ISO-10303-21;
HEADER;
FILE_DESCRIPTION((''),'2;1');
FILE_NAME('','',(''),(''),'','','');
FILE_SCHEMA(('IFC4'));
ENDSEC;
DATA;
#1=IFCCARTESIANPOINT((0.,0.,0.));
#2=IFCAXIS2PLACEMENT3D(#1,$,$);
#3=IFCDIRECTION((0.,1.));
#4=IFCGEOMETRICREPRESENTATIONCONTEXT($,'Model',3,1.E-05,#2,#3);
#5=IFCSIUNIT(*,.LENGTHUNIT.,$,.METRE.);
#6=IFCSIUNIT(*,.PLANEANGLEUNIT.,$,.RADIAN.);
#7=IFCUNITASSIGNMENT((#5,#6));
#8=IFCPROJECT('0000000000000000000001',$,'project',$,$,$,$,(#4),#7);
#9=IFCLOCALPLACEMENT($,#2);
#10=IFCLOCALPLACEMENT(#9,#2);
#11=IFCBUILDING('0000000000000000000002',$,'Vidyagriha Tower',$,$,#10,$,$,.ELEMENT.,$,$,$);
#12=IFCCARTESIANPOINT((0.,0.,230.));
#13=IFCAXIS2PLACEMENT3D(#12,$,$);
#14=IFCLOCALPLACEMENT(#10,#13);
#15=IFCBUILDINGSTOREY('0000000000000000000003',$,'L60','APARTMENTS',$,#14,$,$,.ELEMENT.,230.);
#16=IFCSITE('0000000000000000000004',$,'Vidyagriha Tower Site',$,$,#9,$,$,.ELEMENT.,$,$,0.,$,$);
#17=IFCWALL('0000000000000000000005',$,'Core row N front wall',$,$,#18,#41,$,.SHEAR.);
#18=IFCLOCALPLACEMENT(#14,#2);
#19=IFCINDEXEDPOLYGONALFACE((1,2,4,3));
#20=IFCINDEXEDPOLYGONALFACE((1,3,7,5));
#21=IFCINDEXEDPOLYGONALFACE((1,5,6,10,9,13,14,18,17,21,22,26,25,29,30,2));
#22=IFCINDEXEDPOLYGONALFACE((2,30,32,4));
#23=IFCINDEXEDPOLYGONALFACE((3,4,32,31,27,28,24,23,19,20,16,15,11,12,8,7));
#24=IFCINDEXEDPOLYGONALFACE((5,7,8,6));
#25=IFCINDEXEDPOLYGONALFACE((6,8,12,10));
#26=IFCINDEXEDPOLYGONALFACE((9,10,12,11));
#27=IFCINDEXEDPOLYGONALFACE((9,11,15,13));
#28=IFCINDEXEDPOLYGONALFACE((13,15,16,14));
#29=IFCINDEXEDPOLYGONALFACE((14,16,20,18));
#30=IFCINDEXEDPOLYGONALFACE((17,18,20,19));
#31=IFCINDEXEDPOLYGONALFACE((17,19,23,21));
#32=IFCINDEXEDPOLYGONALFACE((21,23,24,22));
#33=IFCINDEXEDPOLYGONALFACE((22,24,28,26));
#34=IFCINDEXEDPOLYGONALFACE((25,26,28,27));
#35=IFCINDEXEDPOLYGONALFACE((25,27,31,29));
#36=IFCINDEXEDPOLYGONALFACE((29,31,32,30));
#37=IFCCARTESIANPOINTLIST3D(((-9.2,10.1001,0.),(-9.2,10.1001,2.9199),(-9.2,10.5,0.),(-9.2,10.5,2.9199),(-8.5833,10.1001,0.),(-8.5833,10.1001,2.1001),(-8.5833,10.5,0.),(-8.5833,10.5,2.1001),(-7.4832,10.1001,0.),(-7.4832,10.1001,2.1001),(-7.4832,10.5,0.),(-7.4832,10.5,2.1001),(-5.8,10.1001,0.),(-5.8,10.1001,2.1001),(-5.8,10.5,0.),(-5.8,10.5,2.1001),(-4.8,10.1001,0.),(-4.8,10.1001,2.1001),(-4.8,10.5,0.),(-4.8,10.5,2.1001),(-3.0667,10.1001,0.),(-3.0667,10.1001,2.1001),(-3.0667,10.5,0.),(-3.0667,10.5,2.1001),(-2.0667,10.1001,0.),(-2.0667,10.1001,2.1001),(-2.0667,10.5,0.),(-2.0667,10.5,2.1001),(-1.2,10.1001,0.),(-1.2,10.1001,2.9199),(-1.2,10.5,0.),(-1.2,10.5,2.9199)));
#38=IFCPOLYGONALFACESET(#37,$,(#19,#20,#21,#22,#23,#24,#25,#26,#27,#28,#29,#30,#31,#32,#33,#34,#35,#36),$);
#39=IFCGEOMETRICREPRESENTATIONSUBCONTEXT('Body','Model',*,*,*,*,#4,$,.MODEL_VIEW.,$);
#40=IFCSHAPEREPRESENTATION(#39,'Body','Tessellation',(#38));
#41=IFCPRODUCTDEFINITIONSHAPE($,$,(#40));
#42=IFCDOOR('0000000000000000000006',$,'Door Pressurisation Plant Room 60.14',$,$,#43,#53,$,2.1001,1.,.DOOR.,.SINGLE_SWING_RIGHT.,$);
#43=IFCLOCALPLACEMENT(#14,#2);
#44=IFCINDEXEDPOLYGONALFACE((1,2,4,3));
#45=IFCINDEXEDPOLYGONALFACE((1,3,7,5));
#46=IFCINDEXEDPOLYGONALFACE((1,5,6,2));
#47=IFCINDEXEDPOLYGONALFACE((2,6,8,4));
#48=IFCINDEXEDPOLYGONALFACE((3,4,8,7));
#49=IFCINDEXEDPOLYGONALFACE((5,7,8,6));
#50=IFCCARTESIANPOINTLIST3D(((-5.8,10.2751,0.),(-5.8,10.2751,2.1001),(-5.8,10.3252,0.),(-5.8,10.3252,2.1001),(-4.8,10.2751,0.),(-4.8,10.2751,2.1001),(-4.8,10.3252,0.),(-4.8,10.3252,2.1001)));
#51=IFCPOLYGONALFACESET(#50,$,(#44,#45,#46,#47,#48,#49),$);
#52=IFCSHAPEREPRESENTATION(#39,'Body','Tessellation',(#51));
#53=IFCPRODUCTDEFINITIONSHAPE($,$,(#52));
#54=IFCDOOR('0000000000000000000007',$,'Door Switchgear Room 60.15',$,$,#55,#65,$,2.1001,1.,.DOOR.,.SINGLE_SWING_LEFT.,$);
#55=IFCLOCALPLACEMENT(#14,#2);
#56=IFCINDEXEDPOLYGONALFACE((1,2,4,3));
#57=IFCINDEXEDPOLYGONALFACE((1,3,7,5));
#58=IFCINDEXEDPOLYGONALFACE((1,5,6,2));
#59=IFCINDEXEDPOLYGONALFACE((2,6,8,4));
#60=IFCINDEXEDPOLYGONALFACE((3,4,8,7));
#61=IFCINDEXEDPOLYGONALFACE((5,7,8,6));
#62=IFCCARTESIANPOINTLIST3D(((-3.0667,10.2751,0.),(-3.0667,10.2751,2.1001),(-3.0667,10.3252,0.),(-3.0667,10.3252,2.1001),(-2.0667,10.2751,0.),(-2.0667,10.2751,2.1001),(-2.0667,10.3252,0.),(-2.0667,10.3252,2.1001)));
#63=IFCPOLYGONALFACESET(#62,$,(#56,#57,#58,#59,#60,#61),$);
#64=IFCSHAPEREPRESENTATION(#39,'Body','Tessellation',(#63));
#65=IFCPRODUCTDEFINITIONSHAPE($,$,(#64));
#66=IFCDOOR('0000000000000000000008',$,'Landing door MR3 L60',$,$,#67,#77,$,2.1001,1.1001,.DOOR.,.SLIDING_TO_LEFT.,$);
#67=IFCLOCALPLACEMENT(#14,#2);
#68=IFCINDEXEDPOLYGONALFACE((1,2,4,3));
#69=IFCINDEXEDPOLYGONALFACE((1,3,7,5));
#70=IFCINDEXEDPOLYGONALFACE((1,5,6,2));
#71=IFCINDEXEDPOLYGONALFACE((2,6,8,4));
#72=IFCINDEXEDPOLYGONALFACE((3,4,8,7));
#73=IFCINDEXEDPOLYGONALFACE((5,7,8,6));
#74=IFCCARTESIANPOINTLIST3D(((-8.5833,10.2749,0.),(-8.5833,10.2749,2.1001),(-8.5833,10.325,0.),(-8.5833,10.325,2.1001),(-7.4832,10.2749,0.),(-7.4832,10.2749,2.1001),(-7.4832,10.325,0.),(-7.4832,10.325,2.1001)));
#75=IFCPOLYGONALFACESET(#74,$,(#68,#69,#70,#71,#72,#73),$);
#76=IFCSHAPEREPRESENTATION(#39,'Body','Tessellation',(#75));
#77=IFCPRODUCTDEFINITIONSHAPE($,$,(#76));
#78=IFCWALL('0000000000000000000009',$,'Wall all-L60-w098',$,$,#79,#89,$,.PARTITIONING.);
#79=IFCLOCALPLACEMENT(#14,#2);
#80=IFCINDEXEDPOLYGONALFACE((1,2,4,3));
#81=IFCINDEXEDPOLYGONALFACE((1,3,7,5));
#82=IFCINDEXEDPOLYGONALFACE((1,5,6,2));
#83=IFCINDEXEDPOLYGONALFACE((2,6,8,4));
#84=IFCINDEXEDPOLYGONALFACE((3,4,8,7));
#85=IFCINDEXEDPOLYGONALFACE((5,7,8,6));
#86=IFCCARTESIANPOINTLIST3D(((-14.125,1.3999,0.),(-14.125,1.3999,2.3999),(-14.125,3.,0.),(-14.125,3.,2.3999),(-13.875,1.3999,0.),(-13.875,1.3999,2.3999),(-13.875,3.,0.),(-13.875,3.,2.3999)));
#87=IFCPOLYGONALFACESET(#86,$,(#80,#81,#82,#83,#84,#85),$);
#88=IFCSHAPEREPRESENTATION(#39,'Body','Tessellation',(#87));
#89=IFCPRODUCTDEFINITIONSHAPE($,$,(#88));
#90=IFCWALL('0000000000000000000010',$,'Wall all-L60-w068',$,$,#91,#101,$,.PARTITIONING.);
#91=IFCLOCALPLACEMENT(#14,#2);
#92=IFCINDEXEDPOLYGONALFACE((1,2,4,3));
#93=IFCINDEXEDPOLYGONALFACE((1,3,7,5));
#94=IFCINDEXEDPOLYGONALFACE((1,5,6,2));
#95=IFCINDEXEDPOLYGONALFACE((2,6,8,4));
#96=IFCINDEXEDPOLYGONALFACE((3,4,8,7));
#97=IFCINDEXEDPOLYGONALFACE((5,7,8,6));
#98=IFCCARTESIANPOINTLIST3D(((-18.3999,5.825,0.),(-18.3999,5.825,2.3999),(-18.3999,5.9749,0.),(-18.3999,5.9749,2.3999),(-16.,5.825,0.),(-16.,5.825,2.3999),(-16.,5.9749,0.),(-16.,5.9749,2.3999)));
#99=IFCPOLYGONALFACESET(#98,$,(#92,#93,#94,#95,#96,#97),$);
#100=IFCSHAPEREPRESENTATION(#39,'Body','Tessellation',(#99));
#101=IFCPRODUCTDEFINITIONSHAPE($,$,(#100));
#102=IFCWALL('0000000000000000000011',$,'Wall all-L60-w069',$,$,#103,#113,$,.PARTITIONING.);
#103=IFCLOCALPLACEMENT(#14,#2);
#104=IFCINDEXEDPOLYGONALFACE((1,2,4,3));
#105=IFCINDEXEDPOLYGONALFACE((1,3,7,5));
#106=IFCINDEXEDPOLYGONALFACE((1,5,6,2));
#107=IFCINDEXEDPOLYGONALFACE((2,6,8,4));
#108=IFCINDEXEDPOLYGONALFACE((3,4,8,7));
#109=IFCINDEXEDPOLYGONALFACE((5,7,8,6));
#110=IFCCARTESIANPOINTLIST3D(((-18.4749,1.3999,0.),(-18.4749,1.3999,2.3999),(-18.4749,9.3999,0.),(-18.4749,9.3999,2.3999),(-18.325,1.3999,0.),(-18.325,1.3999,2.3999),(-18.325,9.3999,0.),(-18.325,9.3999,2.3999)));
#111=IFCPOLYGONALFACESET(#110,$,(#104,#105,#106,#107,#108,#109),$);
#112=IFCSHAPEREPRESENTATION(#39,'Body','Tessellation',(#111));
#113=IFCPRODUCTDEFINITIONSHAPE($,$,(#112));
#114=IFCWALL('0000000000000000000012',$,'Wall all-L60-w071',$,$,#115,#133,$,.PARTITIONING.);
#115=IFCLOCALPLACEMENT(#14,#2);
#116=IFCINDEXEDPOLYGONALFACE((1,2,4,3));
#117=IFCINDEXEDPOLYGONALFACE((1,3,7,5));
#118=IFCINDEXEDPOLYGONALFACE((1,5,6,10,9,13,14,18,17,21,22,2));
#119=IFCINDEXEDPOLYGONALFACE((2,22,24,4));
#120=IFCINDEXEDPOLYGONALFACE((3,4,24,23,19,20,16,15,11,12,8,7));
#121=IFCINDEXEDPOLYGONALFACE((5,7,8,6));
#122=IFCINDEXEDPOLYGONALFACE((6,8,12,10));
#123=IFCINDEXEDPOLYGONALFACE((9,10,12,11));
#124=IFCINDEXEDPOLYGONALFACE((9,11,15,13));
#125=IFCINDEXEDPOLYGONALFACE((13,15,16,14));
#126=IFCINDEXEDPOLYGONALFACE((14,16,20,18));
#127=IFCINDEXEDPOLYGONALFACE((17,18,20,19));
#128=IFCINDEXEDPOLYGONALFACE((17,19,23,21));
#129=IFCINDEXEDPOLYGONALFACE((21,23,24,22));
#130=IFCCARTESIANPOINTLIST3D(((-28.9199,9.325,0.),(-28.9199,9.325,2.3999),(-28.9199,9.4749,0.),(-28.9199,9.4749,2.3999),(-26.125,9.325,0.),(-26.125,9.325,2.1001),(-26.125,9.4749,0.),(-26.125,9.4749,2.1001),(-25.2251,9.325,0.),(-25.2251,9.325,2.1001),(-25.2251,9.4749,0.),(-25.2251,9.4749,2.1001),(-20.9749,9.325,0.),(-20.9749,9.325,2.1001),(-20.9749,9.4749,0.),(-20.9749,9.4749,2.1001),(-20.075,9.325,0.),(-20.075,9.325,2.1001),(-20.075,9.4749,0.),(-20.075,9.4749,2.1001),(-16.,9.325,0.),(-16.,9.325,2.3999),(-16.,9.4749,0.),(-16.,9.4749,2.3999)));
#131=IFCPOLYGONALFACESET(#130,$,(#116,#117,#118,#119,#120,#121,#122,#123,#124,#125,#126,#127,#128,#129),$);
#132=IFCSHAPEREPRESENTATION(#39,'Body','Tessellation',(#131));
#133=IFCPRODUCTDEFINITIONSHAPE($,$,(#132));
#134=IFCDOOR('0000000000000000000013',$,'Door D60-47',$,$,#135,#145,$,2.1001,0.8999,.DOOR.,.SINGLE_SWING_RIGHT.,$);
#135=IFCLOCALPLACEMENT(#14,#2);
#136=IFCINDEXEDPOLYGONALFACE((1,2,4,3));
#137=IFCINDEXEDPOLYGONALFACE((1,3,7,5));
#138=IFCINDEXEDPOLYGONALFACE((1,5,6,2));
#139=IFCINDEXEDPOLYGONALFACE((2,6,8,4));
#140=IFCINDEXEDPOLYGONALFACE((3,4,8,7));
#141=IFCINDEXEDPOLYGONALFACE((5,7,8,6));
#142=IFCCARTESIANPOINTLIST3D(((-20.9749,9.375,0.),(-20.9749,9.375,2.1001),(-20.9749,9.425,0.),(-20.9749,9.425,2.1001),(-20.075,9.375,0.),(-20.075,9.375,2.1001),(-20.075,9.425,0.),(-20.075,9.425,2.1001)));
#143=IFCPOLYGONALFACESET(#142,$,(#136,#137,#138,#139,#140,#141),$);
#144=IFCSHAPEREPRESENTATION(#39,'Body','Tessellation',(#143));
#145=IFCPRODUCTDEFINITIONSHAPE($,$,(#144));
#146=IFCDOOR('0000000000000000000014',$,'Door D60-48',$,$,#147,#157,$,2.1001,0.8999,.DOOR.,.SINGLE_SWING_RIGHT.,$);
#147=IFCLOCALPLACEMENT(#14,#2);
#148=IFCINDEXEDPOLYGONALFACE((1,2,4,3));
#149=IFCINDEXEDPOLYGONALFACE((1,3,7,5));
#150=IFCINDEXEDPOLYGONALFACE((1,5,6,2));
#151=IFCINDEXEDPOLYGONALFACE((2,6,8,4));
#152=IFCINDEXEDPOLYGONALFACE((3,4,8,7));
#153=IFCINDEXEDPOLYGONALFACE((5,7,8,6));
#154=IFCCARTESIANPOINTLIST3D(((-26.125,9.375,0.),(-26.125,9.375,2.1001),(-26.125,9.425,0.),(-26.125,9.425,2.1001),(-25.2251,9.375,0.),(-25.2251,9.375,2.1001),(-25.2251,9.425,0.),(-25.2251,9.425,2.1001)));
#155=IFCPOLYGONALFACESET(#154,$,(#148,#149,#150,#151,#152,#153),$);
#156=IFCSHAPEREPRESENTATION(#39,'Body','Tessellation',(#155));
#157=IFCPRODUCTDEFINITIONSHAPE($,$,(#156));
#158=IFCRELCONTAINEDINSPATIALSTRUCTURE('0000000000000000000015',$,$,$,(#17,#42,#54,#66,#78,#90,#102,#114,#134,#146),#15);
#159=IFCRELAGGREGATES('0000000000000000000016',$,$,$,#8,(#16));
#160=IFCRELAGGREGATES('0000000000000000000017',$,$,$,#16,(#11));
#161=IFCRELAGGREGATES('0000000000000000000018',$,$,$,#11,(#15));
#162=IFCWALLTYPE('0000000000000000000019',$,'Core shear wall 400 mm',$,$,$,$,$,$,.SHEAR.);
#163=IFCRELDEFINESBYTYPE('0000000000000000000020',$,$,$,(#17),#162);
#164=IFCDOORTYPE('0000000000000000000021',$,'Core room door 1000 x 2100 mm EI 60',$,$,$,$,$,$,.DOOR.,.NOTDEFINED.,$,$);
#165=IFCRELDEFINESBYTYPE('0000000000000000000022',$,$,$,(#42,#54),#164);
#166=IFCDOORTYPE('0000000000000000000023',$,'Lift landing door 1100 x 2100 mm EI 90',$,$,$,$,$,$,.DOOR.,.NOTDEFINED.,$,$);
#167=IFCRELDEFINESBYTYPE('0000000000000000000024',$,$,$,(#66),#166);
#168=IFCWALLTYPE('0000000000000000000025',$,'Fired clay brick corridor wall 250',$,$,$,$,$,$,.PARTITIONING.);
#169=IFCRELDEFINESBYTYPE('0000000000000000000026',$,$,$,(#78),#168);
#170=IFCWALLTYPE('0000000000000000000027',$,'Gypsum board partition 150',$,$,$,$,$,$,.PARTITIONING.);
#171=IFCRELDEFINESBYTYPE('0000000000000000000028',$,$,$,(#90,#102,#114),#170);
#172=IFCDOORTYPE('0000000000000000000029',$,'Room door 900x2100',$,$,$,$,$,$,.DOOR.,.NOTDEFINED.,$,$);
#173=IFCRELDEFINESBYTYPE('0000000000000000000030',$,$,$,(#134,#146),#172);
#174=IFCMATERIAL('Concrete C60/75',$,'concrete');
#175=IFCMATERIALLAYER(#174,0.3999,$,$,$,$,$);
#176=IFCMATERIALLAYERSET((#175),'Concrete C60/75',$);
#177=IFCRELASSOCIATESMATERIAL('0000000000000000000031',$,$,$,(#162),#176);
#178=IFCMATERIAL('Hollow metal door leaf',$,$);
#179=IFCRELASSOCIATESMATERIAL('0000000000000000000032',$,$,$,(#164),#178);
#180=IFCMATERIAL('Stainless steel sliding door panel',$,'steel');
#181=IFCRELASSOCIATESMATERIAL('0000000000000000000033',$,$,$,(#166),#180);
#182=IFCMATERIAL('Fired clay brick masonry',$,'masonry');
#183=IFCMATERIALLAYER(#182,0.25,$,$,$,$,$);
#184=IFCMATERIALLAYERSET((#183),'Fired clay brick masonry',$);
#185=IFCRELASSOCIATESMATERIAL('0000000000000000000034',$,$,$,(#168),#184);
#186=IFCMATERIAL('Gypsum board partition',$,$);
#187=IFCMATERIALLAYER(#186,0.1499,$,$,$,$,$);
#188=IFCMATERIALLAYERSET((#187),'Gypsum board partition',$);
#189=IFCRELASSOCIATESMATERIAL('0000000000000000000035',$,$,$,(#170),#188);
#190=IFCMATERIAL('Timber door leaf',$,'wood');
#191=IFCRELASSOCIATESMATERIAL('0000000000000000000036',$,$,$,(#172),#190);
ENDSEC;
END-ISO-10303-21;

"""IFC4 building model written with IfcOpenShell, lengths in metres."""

from ifc_helpers import new_model, si_unit, direction, frame, frame_2d, origin, place, context, subcontext, project, spatial, rectangle, extrude, material, layer, layer_set, type_object, element, fill, save


model = new_model("IFC4")

# Units and contexts
model_context = context("Model", 3, precision=1e-05, world=origin(), true_north=direction((0.0, 1.0)))
body_context = subcontext(model_context, "Body", "Model", "MODEL_VIEW")
ifc_project = project(units=[si_unit("LENGTHUNIT", "METRE"), si_unit("PLANEANGLEUNIT", "RADIAN")], contexts=[model_context])

# Site, building, storey
site_placement = place(None, origin())
site = spatial("IfcSite", under=ifc_project, at=site_placement, Name="Vidyagriha Tower Site", CompositionType="ELEMENT", RefElevation=0.0)
building_placement = place(site_placement, origin())
building = spatial("IfcBuilding", under=site, at=building_placement, Name="Vidyagriha Tower", CompositionType="ELEMENT")
storey_placement = place(building_placement, frame((0.0, 0.0, 230.0)))
storey = spatial("IfcBuildingStorey", under=building, at=storey_placement, Name="L60", Description="APARTMENTS", CompositionType="ELEMENT", Elevation=230.0)

# Shared definitions
ifc_material_1 = material(Name="Concrete C60/75", Category="concrete")
ifc_layer_1 = layer(ifc_material_1, 0.3999)
ifc_layer_set_1 = layer_set([ifc_layer_1], Name="Concrete C60/75")
wall_type_1 = type_object("IfcWallType", Name="Core shear wall 400 mm", PredefinedType="SHEAR", material=ifc_layer_set_1)

# Shared definitions
ifc_material_2 = material(Name="Hollow metal door leaf")
door_type_1 = type_object("IfcDoorType", Name="Core room door 1000 x 2100 mm EI 60", OperationType="NOTDEFINED", PredefinedType="DOOR", material=ifc_material_2)
ifc_material_3 = material(Name="Stainless steel sliding door panel", Category="steel")
door_type_2 = type_object("IfcDoorType", Name="Lift landing door 1100 x 2100 mm EI 90", OperationType="NOTDEFINED", PredefinedType="DOOR", material=ifc_material_3)

# Wall, openings, doors
wall_1_placement = place(storey_placement, frame((-9.2, 10.3, 0.0)))
wall_1 = element("IfcWall", 1, at=wall_1_placement, inside=storey, type_object=wall_type_1, Name="Core row N front wall", PredefinedType="SHEAR", context=body_context, shape_type="SweptSolid", body=[
    extrude(rectangle(XDim=8.0, YDim=0.3999, at=frame_2d((4.0, 0.0))), origin(), (0.0, 0.0, 1.0), 2.9199),
])
opening_1_placement = place(wall_1_placement, frame((0.6167, 0.0, 0.0)))
opening_1 = element("IfcOpeningElement", 2, at=opening_1_placement, cuts=wall_1, PredefinedType="OPENING", context=body_context, shape_type="SweptSolid", body=[
    extrude(rectangle(XDim=1.1001, YDim=2.1001, at=frame_2d((0.55, 1.05))), frame((0.0, 0.21, 0.0), z_axis=(0.0, -1.0, 0.0), x_axis=(1.0, 0.0, 0.0)), (0.0, 0.0, 1.0), 0.4199),
])
opening_2_placement = place(wall_1_placement, frame((3.3999, 0.0, 0.0)))
opening_2 = element("IfcOpeningElement", 3, at=opening_2_placement, cuts=wall_1, PredefinedType="OPENING", context=body_context, shape_type="SweptSolid", body=[
    extrude(rectangle(XDim=1.0, YDim=2.1001, at=frame_2d((0.5, 1.05))), frame((0.0, 0.21, 0.0), z_axis=(0.0, -1.0, 0.0), x_axis=(1.0, 0.0, 0.0)), (0.0, 0.0, 1.0), 0.4199),
])
opening_3_placement = place(wall_1_placement, frame((6.1333, 0.0, 0.0)))
opening_3 = element("IfcOpeningElement", 4, at=opening_3_placement, cuts=wall_1, PredefinedType="OPENING", context=body_context, shape_type="SweptSolid", body=[
    extrude(rectangle(XDim=1.0, YDim=2.1001, at=frame_2d((0.5, 1.05))), frame((0.0, 0.21, 0.0), z_axis=(0.0, -1.0, 0.0), x_axis=(1.0, 0.0, 0.0)), (0.0, 0.0, 1.0), 0.4199),
])
door_1_placement = place(opening_2_placement, frame((1.0, 0.0, 0.0), z_axis=(0.0, 0.0, 1.0), x_axis=(-1.0, 0.0, 0.0)))
door_1 = element("IfcDoor", 5, at=door_1_placement, inside=storey, type_object=door_type_1, Name="Door Pressurisation Plant Room 60.14", OperationType="SINGLE_SWING_RIGHT", OverallHeight=2.1001, OverallWidth=1.0, PredefinedType="DOOR", context=body_context, shape_type="SweptSolid", body=[
    extrude(rectangle(XDim=1.0, YDim=2.1001, at=frame_2d((0.5, 1.05))), frame((0.0, 0.0249, 0.0), z_axis=(0.0, -1.0, 0.0), x_axis=(1.0, 0.0, 0.0)), (0.0, 0.0, 1.0), 0.05),
])
fill(opening_2, door_1)
door_2_placement = place(opening_3_placement, frame((1.0, 0.0, 0.0), z_axis=(0.0, 0.0, 1.0), x_axis=(-1.0, 0.0, 0.0)))
door_2 = element("IfcDoor", 6, at=door_2_placement, inside=storey, type_object=door_type_1, Name="Door Switchgear Room 60.15", OperationType="SINGLE_SWING_LEFT", OverallHeight=2.1001, OverallWidth=1.0, PredefinedType="DOOR", context=body_context, shape_type="SweptSolid", body=[
    extrude(rectangle(XDim=1.0, YDim=2.1001, at=frame_2d((0.5, 1.05))), frame((0.0, 0.0249, 0.0), z_axis=(0.0, -1.0, 0.0), x_axis=(1.0, 0.0, 0.0)), (0.0, 0.0, 1.0), 0.05),
])
fill(opening_3, door_2)
door_3_placement = place(opening_1_placement, origin())
door_3 = element("IfcDoor", 7, at=door_3_placement, inside=storey, type_object=door_type_2, Name="Landing door MR3 L60", OperationType="SLIDING_TO_LEFT", OverallHeight=2.1001, OverallWidth=1.1001, PredefinedType="DOOR", context=body_context, shape_type="SweptSolid", body=[
    extrude(rectangle(XDim=1.1001, YDim=2.1001, at=frame_2d((0.55, 1.05))), frame((0.0, 0.0249, 0.0), z_axis=(0.0, -1.0, 0.0), x_axis=(1.0, 0.0, 0.0)), (0.0, 0.0, 1.0), 0.05),
])
fill(opening_1, door_3)

# Walls
ifc_material_4 = material(Name="Fired clay brick masonry", Category="masonry")
ifc_layer_2 = layer(ifc_material_4, 0.25)
ifc_layer_set_2 = layer_set([ifc_layer_2], Name="Fired clay brick masonry")
wall_type_2 = type_object("IfcWallType", Name="Fired clay brick corridor wall 250", PredefinedType="PARTITIONING", material=ifc_layer_set_2)
wall_2_placement = place(storey_placement, frame((-14.0, 3.0, 0.0), z_axis=(0.0, 0.0, 1.0), x_axis=(0.0, -1.0, 0.0)))
element("IfcWall", 8, at=wall_2_placement, inside=storey, type_object=wall_type_2, Name="Wall all-L60-w098", PredefinedType="PARTITIONING", context=body_context, shape_type="SweptSolid", body=[
    extrude(rectangle(XDim=1.6001, YDim=0.25, at=frame_2d((0.8, 0.0))), origin(), (0.0, 0.0, 1.0), 2.3999),
])
ifc_material_5 = material(Name="Gypsum board partition")
ifc_layer_3 = layer(ifc_material_5, 0.1499)
ifc_layer_set_3 = layer_set([ifc_layer_3], Name="Gypsum board partition")
wall_type_3 = type_object("IfcWallType", Name="Gypsum board partition 150", PredefinedType="PARTITIONING", material=ifc_layer_set_3)
wall_3_placement = place(storey_placement, frame((-18.3999, 5.8999, 0.0)))
element("IfcWall", 9, at=wall_3_placement, inside=storey, type_object=wall_type_3, Name="Wall all-L60-w068", PredefinedType="PARTITIONING", context=body_context, shape_type="SweptSolid", body=[
    extrude(rectangle(XDim=2.3999, YDim=0.1499, at=frame_2d((1.2, 0.0))), origin(), (0.0, 0.0, 1.0), 2.3999),
])
wall_4_placement = place(storey_placement, frame((-18.3999, 1.3999, 0.0), z_axis=(0.0, 0.0, 1.0), x_axis=(0.0, 1.0, 0.0)))
element("IfcWall", 10, at=wall_4_placement, inside=storey, type_object=wall_type_3, Name="Wall all-L60-w069", PredefinedType="PARTITIONING", context=body_context, shape_type="SweptSolid", body=[
    extrude(rectangle(XDim=8.0, YDim=0.1499, at=frame_2d((4.0, 0.0))), origin(), (0.0, 0.0, 1.0), 2.3999),
])

# Wall, openings, doors
wall_5_placement = place(storey_placement, frame((-16.0, 9.3999, 0.0), z_axis=(0.0, 0.0, 1.0), x_axis=(-1.0, 0.0, 0.0)))
wall_5 = element("IfcWall", 11, at=wall_5_placement, inside=storey, type_object=wall_type_3, Name="Wall all-L60-w071", PredefinedType="PARTITIONING", context=body_context, shape_type="SweptSolid", body=[
    extrude(rectangle(XDim=12.9199, YDim=0.1499, at=frame_2d((6.46, 0.0))), origin(), (0.0, 0.0, 1.0), 2.3999),
])
opening_4_placement = place(wall_5_placement, frame((4.075, 0.0, 0.0)))
opening_4 = element("IfcOpeningElement", 12, at=opening_4_placement, cuts=wall_5, PredefinedType="OPENING", context=body_context, shape_type="SweptSolid", body=[
    extrude(rectangle(XDim=0.8999, YDim=2.1001, at=frame_2d((0.45, 1.05))), frame((0.0, 0.085, 0.0), z_axis=(0.0, -1.0, 0.0), x_axis=(1.0, 0.0, 0.0)), (0.0, 0.0, 1.0), 0.1699),
])
opening_5_placement = place(wall_5_placement, frame((9.2251, 0.0, 0.0)))
opening_5 = element("IfcOpeningElement", 13, at=opening_5_placement, cuts=wall_5, PredefinedType="OPENING", context=body_context, shape_type="SweptSolid", body=[
    extrude(rectangle(XDim=0.8999, YDim=2.1001, at=frame_2d((0.45, 1.05))), frame((0.0, 0.085, 0.0), z_axis=(0.0, -1.0, 0.0), x_axis=(1.0, 0.0, 0.0)), (0.0, 0.0, 1.0), 0.1699),
])
ifc_material_6 = material(Name="Timber door leaf", Category="wood")
door_type_3 = type_object("IfcDoorType", Name="Room door 900x2100", OperationType="NOTDEFINED", PredefinedType="DOOR", material=ifc_material_6)
door_4_placement = place(opening_4_placement, origin())
door_4 = element("IfcDoor", 14, at=door_4_placement, inside=storey, type_object=door_type_3, Name="Door D60-47", OperationType="SINGLE_SWING_RIGHT", OverallHeight=2.1001, OverallWidth=0.8999, PredefinedType="DOOR", context=body_context, shape_type="SweptSolid", body=[
    extrude(rectangle(XDim=0.8999, YDim=2.1001, at=frame_2d((0.45, 1.05))), frame((0.0, 0.0249, 0.0), z_axis=(0.0, -1.0, 0.0), x_axis=(1.0, 0.0, 0.0)), (0.0, 0.0, 1.0), 0.05),
])
fill(opening_4, door_4)
door_5_placement = place(opening_5_placement, origin())
door_5 = element("IfcDoor", 15, at=door_5_placement, inside=storey, type_object=door_type_3, Name="Door D60-48", OperationType="SINGLE_SWING_RIGHT", OverallHeight=2.1001, OverallWidth=0.8999, PredefinedType="DOOR", context=body_context, shape_type="SweptSolid", body=[
    extrude(rectangle(XDim=0.8999, YDim=2.1001, at=frame_2d((0.45, 1.05))), frame((0.0, 0.0249, 0.0), z_axis=(0.0, -1.0, 0.0), x_axis=(1.0, 0.0, 0.0)), (0.0, 0.0, 1.0), 0.05),
])
fill(opening_5, door_5)

save(model, "model.ifc")
